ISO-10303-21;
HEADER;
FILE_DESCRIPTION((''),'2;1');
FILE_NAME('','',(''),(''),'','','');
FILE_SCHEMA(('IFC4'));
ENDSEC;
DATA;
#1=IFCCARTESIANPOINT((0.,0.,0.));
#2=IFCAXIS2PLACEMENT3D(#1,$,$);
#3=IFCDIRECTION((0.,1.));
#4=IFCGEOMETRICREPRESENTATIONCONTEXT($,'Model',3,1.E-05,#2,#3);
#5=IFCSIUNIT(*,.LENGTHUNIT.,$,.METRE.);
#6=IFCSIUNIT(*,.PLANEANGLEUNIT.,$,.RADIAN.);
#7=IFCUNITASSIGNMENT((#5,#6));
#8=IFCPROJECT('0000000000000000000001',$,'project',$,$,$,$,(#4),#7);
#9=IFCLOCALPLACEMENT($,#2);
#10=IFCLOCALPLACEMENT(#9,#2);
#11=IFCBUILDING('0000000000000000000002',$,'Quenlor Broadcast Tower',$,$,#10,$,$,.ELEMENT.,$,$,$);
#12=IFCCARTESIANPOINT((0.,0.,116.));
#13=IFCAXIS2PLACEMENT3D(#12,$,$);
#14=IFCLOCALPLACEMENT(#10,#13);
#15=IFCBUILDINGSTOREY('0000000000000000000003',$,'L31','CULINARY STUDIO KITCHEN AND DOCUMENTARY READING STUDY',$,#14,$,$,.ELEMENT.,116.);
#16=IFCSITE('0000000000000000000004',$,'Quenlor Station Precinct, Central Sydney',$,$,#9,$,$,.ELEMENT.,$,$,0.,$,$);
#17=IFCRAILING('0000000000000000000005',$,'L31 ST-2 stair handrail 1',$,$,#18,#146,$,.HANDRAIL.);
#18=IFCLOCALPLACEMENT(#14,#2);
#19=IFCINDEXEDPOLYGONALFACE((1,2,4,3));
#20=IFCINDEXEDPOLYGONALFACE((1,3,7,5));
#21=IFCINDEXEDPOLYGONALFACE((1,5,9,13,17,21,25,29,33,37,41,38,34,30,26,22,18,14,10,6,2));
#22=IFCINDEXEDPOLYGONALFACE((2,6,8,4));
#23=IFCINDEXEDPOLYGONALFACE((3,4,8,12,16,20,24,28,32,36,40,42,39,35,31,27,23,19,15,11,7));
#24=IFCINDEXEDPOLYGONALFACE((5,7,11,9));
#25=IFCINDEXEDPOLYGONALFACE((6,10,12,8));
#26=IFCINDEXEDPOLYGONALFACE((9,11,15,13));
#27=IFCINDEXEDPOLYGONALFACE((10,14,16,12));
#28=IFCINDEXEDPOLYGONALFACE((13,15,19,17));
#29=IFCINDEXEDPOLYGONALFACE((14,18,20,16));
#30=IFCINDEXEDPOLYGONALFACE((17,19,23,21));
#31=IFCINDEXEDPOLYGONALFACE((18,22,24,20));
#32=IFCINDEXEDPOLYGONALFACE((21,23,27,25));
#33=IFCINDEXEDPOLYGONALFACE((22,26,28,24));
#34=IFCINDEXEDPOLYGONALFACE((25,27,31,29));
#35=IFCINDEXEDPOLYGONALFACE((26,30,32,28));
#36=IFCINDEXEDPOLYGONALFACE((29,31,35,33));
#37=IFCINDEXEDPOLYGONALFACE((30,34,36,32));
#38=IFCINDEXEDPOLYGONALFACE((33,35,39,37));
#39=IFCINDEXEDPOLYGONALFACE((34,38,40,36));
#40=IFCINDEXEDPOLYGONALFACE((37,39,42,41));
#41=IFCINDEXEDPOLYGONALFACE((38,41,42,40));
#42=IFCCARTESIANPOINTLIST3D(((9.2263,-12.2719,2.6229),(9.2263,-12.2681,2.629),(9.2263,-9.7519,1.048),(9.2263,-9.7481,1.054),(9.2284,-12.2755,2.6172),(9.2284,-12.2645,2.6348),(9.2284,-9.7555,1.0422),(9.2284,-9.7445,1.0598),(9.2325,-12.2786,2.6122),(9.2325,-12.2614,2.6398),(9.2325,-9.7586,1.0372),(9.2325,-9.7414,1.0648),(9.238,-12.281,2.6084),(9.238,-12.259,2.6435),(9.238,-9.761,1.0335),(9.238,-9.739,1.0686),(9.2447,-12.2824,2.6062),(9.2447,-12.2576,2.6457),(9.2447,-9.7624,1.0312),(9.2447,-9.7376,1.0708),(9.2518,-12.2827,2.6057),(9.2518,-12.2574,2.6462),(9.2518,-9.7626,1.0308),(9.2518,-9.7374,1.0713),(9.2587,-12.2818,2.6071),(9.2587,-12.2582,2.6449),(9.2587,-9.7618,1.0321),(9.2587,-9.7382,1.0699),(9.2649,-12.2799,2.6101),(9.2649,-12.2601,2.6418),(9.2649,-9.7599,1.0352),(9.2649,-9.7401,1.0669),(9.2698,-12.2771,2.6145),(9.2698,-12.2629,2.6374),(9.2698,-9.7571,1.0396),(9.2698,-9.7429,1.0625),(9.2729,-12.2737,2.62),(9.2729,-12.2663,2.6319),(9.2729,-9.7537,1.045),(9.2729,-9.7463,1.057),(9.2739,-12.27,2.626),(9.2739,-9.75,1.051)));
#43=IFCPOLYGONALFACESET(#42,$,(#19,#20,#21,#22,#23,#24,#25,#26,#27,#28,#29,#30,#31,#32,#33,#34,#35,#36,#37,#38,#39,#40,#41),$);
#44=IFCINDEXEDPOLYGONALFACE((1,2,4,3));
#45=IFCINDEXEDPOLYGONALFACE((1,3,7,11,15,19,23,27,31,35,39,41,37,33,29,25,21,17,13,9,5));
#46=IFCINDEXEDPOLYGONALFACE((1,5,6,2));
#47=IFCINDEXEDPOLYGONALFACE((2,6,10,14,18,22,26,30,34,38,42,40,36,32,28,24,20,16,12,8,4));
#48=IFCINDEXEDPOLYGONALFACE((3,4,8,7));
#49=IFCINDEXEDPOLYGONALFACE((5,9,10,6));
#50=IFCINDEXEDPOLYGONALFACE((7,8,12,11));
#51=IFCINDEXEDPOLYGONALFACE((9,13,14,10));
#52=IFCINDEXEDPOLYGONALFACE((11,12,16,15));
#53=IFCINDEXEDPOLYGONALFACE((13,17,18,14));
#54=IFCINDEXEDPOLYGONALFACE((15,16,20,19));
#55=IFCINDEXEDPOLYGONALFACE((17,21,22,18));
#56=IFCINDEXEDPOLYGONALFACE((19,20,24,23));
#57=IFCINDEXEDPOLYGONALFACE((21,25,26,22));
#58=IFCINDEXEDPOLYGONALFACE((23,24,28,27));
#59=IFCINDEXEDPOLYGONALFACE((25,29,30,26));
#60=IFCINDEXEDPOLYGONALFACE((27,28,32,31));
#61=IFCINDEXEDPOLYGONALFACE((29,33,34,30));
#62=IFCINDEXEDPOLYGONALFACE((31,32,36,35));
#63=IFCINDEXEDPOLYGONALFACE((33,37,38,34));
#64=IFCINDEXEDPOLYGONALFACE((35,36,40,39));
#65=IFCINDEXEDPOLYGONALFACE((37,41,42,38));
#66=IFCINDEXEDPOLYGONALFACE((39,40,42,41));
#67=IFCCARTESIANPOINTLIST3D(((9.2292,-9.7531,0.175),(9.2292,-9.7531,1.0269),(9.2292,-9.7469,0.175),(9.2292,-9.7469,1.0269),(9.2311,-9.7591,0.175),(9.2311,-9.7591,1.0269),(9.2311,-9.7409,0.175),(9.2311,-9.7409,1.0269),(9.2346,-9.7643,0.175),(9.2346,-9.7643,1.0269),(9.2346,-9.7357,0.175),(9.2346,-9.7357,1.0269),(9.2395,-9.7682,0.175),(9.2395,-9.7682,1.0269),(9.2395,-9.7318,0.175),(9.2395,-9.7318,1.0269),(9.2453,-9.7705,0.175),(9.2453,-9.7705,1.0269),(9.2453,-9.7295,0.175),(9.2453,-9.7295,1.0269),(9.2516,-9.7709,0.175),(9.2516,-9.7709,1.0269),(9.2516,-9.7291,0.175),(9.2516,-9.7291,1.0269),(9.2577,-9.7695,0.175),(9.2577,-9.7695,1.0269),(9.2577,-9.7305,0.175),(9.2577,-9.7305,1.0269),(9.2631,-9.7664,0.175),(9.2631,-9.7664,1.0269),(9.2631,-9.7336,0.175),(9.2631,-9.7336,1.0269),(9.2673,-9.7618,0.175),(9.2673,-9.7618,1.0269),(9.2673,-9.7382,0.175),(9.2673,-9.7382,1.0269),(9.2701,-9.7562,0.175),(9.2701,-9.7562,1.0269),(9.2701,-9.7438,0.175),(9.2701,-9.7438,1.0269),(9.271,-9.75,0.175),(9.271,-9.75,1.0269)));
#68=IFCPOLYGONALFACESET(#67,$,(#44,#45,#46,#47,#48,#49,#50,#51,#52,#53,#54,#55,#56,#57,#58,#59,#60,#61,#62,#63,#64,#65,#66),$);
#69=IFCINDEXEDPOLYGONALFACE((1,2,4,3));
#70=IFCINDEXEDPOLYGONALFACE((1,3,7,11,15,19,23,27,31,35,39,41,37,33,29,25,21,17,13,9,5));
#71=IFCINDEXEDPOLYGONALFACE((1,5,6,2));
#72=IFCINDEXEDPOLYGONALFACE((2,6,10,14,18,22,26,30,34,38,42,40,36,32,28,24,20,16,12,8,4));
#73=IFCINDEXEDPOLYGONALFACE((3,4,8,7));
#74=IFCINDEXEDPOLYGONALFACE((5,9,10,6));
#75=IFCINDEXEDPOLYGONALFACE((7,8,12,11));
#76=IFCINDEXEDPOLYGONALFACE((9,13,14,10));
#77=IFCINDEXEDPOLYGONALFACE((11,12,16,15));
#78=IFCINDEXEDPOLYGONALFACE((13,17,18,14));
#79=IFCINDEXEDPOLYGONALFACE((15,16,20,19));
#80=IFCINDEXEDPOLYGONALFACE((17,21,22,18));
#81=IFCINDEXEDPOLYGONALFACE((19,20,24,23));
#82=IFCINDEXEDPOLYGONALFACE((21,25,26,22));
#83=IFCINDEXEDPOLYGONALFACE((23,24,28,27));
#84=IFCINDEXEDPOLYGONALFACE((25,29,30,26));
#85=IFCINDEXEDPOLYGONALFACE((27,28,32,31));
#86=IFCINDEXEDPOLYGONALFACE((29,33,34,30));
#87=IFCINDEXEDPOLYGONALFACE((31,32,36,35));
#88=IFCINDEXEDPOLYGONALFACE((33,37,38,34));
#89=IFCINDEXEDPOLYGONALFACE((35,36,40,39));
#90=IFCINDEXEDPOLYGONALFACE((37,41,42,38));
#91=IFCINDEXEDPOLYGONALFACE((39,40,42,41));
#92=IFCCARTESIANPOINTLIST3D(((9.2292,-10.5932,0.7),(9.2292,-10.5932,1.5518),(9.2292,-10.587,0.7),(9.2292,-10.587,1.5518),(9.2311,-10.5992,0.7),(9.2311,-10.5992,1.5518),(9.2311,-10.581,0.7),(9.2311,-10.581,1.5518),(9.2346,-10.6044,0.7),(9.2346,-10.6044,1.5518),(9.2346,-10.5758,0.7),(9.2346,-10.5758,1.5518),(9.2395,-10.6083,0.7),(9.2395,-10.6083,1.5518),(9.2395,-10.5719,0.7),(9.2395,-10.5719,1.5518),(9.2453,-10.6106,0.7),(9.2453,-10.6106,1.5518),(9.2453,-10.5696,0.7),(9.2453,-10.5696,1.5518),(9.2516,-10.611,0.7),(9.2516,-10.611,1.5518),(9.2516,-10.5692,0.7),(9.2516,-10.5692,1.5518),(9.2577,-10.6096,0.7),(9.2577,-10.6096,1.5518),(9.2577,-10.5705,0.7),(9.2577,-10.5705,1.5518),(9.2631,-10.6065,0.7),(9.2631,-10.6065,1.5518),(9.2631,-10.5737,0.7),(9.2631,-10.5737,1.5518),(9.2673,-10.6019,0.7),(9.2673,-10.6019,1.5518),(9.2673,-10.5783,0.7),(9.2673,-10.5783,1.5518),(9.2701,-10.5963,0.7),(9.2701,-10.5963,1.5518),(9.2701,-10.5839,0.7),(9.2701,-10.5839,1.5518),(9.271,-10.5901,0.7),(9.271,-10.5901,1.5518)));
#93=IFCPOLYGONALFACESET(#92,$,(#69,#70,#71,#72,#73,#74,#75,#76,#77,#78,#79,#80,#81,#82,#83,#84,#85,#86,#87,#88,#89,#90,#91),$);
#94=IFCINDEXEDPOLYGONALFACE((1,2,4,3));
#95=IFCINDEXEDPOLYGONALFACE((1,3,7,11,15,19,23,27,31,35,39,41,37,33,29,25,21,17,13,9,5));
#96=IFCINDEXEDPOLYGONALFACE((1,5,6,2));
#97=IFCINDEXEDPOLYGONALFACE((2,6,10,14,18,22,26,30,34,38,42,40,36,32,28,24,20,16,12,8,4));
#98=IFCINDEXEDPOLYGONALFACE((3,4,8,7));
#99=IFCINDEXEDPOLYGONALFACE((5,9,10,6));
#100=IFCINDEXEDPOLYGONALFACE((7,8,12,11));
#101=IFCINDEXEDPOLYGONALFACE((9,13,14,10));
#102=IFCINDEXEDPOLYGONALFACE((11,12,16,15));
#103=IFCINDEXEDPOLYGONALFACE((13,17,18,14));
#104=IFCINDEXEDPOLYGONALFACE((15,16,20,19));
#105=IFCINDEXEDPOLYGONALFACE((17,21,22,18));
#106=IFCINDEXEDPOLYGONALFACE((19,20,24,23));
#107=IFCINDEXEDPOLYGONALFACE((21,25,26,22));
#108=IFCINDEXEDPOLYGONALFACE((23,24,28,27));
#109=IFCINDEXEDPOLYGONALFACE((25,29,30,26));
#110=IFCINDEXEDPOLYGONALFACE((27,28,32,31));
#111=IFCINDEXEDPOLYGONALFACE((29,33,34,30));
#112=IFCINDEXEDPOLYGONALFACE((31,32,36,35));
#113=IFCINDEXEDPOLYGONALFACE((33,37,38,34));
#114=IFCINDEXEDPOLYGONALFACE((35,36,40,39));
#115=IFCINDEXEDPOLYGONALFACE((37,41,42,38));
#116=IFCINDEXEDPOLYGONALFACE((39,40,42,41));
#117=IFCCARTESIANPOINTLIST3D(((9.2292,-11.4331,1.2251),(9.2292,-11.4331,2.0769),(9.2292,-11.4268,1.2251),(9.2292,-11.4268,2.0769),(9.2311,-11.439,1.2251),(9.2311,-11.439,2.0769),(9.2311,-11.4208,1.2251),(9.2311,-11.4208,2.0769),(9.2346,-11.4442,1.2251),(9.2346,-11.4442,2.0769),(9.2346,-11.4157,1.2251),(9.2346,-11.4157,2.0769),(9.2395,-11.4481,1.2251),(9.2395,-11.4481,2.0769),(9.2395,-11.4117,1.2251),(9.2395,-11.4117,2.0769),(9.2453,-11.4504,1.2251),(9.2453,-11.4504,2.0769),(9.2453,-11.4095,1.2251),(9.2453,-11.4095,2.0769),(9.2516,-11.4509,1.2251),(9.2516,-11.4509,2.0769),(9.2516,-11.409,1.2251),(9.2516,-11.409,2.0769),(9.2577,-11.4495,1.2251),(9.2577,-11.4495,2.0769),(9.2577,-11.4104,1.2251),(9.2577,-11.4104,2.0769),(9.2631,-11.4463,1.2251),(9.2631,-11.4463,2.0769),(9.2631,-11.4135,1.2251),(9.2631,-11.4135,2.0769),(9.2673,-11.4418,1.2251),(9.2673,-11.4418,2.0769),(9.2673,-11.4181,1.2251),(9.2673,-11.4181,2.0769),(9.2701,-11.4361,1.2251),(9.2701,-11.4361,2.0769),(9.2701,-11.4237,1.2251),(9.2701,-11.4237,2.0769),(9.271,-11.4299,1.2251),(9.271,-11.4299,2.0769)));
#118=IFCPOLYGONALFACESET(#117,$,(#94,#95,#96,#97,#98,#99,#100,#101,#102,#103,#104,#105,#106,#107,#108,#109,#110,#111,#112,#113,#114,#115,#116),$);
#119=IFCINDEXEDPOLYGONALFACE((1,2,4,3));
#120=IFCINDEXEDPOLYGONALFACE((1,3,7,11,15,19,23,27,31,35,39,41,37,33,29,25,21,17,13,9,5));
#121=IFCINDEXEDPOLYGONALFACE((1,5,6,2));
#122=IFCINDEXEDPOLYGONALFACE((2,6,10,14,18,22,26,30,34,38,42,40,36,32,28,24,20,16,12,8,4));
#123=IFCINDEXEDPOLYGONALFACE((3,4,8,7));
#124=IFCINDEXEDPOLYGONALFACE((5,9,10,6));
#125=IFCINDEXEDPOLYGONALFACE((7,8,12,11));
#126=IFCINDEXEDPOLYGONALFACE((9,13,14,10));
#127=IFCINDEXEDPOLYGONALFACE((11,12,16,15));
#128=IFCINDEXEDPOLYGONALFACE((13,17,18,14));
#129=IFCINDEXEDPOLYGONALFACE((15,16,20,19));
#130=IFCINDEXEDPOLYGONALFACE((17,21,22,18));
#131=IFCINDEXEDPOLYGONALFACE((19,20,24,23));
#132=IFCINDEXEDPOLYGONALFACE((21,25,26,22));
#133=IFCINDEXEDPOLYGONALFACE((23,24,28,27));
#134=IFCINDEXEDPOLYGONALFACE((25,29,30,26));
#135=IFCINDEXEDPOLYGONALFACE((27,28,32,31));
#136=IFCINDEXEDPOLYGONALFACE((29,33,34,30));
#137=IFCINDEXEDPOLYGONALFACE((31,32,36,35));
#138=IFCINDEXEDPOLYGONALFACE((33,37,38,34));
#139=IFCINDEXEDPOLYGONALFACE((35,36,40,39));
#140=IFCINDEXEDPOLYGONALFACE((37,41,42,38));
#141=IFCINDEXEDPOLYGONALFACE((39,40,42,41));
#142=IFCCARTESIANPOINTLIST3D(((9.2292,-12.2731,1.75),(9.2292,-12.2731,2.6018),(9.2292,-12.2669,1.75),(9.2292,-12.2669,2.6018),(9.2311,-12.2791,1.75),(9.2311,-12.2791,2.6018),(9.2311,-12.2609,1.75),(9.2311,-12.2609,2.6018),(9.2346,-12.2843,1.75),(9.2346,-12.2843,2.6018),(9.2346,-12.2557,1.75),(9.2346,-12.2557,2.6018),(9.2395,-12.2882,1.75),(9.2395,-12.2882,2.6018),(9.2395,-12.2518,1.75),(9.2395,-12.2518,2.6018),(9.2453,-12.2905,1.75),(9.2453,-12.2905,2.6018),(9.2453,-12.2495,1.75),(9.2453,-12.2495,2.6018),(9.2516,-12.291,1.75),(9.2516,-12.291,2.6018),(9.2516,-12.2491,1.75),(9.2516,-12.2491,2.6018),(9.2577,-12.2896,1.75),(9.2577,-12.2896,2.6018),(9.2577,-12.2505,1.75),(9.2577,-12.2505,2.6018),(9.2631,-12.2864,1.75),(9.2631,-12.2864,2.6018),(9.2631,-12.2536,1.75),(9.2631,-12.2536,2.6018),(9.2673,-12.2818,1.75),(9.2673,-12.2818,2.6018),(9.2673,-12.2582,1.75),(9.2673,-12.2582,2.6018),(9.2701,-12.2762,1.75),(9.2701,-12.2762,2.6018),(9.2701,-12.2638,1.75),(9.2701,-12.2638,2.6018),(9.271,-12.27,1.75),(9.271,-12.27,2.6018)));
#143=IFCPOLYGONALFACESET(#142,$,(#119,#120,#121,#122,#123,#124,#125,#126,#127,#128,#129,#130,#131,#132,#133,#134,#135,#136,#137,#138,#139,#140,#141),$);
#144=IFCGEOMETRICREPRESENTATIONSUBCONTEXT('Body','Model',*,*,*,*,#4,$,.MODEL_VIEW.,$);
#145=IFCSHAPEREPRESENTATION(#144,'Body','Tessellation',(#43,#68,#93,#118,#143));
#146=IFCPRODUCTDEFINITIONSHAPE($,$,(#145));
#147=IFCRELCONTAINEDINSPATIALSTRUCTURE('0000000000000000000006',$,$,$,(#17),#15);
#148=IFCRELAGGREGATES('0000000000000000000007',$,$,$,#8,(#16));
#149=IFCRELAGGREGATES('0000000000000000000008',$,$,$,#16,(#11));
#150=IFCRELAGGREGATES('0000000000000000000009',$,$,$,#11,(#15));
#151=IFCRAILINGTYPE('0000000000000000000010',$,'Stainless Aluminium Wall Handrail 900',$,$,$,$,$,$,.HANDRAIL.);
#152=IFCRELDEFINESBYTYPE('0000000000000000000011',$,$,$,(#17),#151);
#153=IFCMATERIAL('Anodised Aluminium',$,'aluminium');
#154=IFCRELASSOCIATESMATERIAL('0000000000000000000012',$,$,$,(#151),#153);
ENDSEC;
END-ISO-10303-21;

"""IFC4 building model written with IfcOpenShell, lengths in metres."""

from ifc_helpers import new_model, si_unit, direction, frame, origin, origin_2d, place, context, subcontext, project, spatial, circle, extrude, material, type_object, element, save


model = new_model("IFC4")

# Units and contexts
model_context = context("Model", 3, precision=1e-05, world=origin(), true_north=direction((0.0, 1.0)))
body_context = subcontext(model_context, "Body", "Model", "MODEL_VIEW")
ifc_project = project(units=[si_unit("LENGTHUNIT", "METRE"), si_unit("PLANEANGLEUNIT", "RADIAN")], contexts=[model_context])

# Site, building, storey
site_placement = place(None, origin())
site = spatial("IfcSite", under=ifc_project, at=site_placement, Name="Quenlor Station Precinct, Central Sydney", CompositionType="ELEMENT", RefElevation=0.0)
building_placement = place(site_placement, origin())
building = spatial("IfcBuilding", under=site, at=building_placement, Name="Quenlor Broadcast Tower", CompositionType="ELEMENT")
storey_placement = place(building_placement, frame((0.0, 0.0, 116.0)))
storey = spatial("IfcBuildingStorey", under=building, at=storey_placement, Name="L31", Description="CULINARY STUDIO KITCHEN AND DOCUMENTARY READING STUDY", CompositionType="ELEMENT", Elevation=116.0)

# Railing
ifc_material_1 = material(Name="Anodised Aluminium", Category="aluminium")
railing_type_1 = type_object("IfcRailingType", Name="Stainless Aluminium Wall Handrail 900", PredefinedType="HANDRAIL", material=ifc_material_1)
railing_1_placement = place(storey_placement, frame((9.25, -9.75, 0.175)))
element("IfcRailing", 1, at=railing_1_placement, inside=storey, type_object=railing_type_1, Name="L31 ST-2 stair handrail 1", PredefinedType="HANDRAIL", context=body_context, shape_type="SweptSolid", body=[
    extrude(circle(Radius=0.0239, at=origin_2d()), frame((0.0, 0.0, 0.876), z_axis=(0.0, -0.848008, 0.529984), x_axis=(1.0, 0.0, 0.0)), (0.0, 0.0, 1.0), 2.9717),
    extrude(circle(Radius=0.021, at=origin_2d()), origin(), (0.0, 0.0, 1.0), 0.8518),
    extrude(circle(Radius=0.021, at=origin_2d()), frame((0.0, -0.8401, 0.5249)), (0.0, 0.0, 1.0), 0.8518),
    extrude(circle(Radius=0.021, at=origin_2d()), frame((0.0, -1.6799, 1.05)), (0.0, 0.0, 1.0), 0.8518),
    extrude(circle(Radius=0.021, at=origin_2d()), frame((0.0, -2.52, 1.575)), (0.0, 0.0, 1.0), 0.8518),
])

save(model, "model.ifc")
